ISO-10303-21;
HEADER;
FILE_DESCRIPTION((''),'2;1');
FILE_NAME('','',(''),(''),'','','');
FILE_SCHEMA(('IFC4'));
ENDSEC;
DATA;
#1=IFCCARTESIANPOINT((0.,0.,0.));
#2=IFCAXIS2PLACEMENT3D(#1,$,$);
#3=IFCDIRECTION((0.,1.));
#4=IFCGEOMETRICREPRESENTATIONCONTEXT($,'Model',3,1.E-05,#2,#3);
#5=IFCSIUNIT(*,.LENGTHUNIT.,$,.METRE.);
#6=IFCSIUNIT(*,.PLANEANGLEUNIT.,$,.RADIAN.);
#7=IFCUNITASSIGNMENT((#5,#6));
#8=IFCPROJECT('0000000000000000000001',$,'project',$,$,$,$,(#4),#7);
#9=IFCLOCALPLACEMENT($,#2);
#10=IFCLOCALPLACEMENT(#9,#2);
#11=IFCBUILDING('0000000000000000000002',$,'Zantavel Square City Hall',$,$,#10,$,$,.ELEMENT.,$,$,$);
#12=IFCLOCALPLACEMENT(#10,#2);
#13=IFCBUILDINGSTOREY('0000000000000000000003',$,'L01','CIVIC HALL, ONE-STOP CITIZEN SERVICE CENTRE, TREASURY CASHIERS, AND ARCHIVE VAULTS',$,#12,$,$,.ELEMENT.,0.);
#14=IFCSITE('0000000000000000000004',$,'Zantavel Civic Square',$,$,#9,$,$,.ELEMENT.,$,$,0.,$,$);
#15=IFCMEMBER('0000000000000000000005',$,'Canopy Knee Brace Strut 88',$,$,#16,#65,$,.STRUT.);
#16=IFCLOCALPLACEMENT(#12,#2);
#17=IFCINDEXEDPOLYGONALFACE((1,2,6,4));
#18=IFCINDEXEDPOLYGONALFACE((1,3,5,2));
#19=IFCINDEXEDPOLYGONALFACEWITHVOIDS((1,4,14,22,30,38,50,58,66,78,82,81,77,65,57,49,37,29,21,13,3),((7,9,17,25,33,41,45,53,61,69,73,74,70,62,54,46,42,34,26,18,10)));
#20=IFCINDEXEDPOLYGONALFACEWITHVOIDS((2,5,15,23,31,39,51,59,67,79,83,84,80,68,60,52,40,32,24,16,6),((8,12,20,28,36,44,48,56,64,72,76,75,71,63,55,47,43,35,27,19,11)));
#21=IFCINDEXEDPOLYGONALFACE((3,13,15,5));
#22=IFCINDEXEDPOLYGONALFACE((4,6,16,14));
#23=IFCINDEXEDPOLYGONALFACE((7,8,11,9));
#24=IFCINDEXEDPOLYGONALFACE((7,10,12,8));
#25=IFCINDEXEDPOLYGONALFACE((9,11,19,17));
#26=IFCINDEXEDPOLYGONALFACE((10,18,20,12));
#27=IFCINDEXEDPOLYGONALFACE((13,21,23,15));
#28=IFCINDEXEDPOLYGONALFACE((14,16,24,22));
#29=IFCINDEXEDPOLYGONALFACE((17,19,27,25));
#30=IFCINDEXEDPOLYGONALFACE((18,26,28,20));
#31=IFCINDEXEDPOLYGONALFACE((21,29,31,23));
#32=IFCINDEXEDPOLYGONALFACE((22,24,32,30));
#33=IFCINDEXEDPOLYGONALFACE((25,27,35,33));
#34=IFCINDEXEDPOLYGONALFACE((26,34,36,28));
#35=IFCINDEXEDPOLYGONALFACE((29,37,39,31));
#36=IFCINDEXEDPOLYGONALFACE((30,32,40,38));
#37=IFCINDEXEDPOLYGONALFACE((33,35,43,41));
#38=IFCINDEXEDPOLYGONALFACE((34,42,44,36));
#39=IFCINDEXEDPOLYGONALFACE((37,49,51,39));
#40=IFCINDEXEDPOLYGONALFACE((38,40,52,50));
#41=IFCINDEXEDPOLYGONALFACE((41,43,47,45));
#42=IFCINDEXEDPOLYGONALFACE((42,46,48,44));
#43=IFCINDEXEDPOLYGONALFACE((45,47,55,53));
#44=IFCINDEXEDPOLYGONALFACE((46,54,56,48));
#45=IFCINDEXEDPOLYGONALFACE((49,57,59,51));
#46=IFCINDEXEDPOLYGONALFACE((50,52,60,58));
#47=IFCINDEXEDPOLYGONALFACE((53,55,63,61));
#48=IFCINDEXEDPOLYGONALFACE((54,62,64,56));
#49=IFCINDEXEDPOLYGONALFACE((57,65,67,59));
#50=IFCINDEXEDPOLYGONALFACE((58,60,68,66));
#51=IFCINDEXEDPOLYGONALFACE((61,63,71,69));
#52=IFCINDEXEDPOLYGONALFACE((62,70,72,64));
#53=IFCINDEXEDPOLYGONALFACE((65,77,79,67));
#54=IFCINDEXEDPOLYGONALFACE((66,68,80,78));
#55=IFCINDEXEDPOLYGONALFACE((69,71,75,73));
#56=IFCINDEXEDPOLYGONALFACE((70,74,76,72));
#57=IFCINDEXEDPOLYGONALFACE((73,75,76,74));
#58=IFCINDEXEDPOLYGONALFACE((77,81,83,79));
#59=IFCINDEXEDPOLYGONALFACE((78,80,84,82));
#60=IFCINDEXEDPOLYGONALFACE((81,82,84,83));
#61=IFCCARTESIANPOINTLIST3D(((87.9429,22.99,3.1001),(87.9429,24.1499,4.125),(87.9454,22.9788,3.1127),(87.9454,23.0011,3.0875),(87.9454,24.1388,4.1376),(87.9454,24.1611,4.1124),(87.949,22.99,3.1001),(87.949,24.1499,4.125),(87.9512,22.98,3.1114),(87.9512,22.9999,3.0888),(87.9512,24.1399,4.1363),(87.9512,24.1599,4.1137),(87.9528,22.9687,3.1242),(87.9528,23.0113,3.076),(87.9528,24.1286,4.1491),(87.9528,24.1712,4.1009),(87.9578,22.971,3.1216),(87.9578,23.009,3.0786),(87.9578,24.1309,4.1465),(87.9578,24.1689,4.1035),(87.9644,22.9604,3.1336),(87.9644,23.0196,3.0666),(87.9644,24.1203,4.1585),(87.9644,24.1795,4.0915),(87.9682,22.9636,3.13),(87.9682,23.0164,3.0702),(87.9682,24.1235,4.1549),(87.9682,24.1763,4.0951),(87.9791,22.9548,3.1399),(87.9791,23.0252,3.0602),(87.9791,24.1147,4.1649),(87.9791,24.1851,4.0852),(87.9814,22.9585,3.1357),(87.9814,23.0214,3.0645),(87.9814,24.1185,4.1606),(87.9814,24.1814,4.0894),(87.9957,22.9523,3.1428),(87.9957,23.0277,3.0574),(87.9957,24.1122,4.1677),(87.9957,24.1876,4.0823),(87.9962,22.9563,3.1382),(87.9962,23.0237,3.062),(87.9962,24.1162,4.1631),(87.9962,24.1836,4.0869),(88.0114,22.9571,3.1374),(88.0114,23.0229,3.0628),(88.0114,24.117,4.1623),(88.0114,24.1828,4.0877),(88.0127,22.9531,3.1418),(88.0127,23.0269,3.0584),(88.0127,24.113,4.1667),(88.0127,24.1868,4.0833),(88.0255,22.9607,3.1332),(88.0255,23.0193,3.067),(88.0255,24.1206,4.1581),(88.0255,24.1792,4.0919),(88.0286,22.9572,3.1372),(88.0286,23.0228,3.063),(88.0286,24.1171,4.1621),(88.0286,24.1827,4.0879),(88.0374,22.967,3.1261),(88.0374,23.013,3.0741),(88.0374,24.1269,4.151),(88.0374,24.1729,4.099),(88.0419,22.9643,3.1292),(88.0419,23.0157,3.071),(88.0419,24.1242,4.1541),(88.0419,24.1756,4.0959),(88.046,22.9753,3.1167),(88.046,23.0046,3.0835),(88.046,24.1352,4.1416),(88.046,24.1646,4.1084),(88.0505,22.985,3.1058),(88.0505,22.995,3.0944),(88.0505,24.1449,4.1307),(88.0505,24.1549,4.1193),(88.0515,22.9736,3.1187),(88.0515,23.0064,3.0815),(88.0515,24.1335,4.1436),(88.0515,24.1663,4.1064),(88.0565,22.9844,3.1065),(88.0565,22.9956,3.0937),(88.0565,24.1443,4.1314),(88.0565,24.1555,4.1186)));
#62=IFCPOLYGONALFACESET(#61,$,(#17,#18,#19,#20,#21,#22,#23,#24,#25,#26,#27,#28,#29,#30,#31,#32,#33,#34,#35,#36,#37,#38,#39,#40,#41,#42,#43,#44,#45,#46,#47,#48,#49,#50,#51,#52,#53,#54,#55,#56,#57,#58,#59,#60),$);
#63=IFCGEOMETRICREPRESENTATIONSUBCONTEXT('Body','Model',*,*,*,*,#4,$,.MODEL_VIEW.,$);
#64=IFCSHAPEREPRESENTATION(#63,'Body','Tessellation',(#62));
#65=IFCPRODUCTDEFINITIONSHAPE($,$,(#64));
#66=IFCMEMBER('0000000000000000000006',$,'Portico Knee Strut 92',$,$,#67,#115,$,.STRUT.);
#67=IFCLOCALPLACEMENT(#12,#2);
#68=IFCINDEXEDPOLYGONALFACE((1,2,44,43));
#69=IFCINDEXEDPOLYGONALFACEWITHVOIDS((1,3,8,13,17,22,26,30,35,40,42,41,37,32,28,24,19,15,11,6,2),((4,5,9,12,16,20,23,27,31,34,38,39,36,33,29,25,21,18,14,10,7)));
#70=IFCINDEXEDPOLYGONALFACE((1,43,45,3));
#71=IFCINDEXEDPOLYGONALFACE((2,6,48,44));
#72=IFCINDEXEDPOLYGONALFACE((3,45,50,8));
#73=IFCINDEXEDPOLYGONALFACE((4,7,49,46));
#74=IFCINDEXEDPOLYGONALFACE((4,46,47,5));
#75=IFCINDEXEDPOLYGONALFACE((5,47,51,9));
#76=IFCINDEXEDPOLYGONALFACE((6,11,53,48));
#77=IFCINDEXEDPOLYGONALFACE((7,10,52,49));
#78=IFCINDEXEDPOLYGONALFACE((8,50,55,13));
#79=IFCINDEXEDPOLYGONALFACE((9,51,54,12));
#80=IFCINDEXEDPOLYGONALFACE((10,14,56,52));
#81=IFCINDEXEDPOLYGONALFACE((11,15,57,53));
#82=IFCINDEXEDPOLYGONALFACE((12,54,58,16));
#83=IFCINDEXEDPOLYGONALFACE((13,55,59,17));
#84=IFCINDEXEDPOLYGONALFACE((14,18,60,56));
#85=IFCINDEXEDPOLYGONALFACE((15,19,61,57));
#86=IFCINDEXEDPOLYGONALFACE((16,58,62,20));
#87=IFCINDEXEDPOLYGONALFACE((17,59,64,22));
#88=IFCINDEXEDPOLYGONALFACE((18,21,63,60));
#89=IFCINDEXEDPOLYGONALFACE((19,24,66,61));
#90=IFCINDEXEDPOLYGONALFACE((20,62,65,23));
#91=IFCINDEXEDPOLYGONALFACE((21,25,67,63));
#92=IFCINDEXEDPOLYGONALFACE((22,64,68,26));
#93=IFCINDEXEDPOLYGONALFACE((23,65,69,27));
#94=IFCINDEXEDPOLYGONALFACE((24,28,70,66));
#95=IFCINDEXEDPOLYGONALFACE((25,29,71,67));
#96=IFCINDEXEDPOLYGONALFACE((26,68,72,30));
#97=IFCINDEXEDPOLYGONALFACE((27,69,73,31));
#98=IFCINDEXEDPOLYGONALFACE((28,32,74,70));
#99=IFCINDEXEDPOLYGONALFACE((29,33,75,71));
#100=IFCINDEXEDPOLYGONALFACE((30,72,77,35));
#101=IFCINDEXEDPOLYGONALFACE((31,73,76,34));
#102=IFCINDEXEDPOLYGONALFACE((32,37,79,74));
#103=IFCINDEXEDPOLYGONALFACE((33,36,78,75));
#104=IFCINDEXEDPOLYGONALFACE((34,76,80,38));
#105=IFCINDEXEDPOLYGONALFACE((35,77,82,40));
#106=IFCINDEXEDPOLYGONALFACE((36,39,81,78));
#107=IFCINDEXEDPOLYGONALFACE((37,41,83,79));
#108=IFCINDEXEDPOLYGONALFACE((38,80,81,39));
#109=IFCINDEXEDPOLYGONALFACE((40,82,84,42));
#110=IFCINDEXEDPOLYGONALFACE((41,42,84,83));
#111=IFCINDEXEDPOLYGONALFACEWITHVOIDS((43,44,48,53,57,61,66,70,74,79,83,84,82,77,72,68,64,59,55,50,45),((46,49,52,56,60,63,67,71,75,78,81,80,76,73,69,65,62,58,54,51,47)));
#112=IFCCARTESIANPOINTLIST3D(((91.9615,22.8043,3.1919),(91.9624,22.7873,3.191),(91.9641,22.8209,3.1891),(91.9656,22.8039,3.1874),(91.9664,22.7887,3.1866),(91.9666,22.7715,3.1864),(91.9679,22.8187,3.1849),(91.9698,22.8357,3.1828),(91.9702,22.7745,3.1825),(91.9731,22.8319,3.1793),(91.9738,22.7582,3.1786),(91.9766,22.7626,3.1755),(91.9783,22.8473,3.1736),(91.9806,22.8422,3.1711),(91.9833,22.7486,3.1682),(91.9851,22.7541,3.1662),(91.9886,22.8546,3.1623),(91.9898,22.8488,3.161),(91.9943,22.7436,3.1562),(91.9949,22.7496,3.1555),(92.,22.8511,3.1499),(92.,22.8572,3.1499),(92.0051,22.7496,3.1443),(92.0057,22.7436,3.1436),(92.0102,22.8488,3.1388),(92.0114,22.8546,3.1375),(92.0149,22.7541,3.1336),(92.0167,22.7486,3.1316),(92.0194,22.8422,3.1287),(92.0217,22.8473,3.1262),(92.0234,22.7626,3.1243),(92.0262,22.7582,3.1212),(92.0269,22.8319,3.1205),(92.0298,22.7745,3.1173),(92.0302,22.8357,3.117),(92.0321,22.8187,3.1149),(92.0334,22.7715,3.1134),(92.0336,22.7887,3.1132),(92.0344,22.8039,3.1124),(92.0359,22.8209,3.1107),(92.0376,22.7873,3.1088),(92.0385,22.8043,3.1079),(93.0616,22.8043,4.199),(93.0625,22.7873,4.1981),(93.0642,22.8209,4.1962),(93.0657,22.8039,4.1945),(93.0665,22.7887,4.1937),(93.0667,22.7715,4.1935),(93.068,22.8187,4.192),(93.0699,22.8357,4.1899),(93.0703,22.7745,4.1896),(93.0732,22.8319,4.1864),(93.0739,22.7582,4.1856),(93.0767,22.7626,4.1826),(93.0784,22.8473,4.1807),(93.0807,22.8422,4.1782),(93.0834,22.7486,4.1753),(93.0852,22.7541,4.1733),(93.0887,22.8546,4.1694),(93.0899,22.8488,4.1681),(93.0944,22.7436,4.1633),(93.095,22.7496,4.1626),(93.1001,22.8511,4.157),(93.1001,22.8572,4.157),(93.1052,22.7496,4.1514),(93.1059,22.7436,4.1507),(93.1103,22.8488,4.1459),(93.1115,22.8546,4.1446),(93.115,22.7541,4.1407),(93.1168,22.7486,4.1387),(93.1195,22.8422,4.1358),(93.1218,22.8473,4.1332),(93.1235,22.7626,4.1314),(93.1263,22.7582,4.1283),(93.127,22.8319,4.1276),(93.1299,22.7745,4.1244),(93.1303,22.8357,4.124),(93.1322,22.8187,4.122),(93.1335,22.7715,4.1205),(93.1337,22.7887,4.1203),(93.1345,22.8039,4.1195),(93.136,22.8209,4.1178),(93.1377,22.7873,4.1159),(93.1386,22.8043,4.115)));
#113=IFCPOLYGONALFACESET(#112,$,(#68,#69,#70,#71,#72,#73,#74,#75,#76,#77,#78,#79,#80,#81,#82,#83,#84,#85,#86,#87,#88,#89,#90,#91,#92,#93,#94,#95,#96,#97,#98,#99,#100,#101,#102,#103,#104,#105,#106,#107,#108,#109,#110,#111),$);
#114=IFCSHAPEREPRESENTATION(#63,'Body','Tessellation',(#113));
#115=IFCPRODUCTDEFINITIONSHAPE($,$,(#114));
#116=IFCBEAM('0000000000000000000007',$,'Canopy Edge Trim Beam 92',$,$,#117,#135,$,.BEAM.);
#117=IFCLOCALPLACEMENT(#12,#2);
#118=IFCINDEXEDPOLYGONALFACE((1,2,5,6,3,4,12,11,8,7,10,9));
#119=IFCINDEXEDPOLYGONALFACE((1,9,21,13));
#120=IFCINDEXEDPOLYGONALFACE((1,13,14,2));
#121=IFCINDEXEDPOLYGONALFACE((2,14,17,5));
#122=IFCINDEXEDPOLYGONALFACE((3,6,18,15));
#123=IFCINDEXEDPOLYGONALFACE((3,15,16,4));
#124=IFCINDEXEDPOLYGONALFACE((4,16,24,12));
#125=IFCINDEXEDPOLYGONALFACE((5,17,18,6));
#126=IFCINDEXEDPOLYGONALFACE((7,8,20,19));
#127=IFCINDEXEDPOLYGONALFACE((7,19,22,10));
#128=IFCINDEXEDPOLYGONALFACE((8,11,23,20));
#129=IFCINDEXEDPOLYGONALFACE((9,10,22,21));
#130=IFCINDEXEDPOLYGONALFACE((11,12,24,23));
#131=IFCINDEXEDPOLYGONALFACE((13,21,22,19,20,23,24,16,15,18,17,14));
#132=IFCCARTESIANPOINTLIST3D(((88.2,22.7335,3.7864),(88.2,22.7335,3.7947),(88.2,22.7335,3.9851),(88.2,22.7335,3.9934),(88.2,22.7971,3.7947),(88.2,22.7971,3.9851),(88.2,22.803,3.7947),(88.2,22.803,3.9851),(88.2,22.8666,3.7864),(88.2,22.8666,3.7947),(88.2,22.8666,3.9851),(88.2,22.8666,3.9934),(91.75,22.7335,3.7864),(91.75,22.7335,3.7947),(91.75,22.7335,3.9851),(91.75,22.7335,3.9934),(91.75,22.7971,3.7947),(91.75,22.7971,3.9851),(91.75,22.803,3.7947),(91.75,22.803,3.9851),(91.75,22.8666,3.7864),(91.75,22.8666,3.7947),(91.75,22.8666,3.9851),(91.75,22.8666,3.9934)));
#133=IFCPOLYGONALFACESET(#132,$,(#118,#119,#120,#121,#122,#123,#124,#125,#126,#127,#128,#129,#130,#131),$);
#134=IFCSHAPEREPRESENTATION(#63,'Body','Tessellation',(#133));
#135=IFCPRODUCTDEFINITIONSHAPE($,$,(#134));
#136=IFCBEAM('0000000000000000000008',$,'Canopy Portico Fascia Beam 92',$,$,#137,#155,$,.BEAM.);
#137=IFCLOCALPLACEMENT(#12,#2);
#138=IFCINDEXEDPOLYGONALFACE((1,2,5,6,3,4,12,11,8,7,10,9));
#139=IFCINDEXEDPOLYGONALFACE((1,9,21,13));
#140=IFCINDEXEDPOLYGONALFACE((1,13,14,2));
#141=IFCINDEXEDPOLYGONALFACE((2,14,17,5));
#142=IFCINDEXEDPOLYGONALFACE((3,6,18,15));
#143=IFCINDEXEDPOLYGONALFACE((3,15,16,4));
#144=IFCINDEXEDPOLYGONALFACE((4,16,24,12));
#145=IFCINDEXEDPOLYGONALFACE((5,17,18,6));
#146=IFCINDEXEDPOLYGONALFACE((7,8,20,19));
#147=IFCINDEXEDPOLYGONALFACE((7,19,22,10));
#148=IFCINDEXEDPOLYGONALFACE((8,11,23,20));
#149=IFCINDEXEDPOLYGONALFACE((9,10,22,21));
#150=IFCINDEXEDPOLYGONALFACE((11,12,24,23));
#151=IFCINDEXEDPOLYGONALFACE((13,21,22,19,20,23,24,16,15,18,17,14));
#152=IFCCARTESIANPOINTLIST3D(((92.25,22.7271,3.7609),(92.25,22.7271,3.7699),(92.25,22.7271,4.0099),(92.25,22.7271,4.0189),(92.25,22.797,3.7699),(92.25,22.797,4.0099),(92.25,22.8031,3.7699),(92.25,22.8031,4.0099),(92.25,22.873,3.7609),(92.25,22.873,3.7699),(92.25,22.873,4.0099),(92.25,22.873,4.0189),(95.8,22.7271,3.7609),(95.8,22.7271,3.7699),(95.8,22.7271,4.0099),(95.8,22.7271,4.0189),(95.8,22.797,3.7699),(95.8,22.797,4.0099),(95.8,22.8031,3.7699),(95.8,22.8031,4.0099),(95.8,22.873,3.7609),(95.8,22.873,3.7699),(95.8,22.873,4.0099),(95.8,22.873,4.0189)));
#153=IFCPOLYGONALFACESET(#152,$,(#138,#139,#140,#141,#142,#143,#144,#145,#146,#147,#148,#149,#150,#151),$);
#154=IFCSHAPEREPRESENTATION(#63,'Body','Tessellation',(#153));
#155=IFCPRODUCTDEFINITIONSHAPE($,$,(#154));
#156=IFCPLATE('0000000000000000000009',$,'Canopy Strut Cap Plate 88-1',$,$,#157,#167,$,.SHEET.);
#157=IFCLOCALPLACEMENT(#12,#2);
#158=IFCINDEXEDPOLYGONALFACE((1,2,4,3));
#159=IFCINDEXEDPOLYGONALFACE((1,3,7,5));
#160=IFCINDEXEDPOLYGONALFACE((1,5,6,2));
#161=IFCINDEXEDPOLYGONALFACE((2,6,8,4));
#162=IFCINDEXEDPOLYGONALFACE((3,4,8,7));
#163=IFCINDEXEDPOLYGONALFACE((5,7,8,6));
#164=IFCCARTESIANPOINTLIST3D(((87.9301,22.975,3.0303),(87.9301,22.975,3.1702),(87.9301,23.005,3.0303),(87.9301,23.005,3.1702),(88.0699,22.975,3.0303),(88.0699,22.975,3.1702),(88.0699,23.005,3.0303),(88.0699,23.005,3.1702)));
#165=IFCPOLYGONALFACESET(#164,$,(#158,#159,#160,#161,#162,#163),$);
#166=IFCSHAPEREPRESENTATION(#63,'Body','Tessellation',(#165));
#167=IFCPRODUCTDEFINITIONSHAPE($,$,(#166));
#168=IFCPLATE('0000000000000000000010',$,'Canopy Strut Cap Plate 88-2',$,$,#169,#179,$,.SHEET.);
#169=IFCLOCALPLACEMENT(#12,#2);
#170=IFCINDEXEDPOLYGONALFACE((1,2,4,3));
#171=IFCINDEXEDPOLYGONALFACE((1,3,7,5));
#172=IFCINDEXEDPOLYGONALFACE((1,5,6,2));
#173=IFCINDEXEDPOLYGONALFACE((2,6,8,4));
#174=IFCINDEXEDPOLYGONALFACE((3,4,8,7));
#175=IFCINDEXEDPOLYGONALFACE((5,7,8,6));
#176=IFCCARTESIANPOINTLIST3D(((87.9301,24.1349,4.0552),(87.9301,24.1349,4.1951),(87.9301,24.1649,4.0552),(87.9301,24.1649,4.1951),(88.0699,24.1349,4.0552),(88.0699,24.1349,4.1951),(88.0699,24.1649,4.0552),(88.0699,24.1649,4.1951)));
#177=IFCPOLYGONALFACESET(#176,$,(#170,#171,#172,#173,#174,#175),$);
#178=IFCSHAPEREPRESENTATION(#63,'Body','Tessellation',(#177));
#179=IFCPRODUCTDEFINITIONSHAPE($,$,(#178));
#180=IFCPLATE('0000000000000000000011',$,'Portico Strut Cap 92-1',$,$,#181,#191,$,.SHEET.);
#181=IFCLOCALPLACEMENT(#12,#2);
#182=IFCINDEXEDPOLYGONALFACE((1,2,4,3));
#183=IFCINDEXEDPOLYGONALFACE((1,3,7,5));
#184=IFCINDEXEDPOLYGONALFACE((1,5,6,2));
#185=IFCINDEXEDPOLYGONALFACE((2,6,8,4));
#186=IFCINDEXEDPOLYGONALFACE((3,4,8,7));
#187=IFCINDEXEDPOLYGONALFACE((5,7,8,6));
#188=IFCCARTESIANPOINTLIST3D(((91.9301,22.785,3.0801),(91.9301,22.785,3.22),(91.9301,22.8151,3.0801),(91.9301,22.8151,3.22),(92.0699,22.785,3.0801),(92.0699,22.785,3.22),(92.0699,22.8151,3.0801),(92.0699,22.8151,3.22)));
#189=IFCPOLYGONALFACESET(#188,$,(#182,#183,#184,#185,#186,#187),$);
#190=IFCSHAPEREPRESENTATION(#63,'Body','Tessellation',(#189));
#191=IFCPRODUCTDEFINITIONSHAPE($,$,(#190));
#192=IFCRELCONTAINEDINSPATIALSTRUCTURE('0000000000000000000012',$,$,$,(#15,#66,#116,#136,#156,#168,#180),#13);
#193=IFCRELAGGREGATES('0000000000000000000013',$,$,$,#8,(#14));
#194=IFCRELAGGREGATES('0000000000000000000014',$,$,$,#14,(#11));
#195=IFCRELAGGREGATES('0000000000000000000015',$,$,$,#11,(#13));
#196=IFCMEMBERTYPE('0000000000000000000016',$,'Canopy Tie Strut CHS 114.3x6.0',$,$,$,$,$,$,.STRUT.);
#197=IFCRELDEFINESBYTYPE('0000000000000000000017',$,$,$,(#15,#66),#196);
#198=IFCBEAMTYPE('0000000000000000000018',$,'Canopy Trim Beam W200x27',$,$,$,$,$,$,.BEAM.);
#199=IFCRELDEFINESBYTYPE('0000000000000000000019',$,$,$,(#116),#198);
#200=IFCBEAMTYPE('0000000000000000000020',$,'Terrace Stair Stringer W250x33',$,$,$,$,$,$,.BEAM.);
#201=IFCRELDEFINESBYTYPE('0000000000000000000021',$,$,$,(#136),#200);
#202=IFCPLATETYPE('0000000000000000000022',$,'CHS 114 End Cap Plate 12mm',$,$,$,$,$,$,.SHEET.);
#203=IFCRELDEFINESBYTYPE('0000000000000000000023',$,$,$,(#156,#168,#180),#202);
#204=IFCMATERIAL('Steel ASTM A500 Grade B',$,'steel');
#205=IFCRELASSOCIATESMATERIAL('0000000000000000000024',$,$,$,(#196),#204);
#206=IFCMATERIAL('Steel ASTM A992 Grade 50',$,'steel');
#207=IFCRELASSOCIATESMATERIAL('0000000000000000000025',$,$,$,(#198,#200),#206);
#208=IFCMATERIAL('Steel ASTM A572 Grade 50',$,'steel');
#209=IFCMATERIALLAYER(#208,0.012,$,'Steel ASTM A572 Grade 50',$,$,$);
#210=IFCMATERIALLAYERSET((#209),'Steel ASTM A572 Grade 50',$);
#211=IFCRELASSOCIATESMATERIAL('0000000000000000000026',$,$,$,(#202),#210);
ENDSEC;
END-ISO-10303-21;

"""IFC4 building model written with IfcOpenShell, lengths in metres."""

from ifc_helpers import new_model, si_unit, direction, frame, origin, origin_2d, place, context, subcontext, project, spatial, rectangle, hollow_circle, i_section, extrude, material, layer, layer_set, material_profile, profile_set, type_object, element, save


model = new_model("IFC4")

# Units and contexts
model_context = context("Model", 3, precision=1e-05, world=origin(), true_north=direction((0.0, 1.0)))
body_context = subcontext(model_context, "Body", "Model", "MODEL_VIEW")
ifc_project = project(units=[si_unit("LENGTHUNIT", "METRE"), si_unit("PLANEANGLEUNIT", "RADIAN")], contexts=[model_context])

# Site, building, storey
site_placement = place(None, origin())
site = spatial("IfcSite", under=ifc_project, at=site_placement, Name="Zantavel Civic Square", CompositionType="ELEMENT", RefElevation=0.0)
building_placement = place(site_placement, origin())
building = spatial("IfcBuilding", under=site, at=building_placement, Name="Zantavel Square City Hall", CompositionType="ELEMENT")
storey_placement = place(building_placement, origin())
storey = spatial("IfcBuildingStorey", under=building, at=storey_placement, Name="L01", Description="CIVIC HALL, ONE-STOP CITIZEN SERVICE CENTRE, TREASURY CASHIERS, AND ARCHIVE VAULTS", CompositionType="ELEMENT", Elevation=0.0)

# Shared definitions
ifc_material_1 = material(Name="Steel ASTM A992 Grade 50", Category="steel")

# Members
ifc_material_2 = material(Name="Steel ASTM A500 Grade B", Category="steel")
ifc_material_profile_1 = material_profile(ifc_material_2, hollow_circle(Radius=0.0571, WallThickness=0.0061, at=origin_2d()), Name="CHS 114.3x6.0")
ifc_profile_set_1 = profile_set([ifc_material_profile_1], Name="Steel ASTM A500 Grade B")
member_type = type_object("IfcMemberType", Name="Canopy Tie Strut CHS 114.3x6.0", PredefinedType="STRUT", material=ifc_profile_set_1)
member_1_placement = place(storey_placement, frame((88.0, 22.99, 3.1001), z_axis=(0.0, 0.749373, 0.662148), x_axis=(-1.0, 0.0, 0.0)))
element("IfcMember", 1, at=member_1_placement, inside=storey, type_object=member_type, Name="Canopy Knee Brace Strut 88", PredefinedType="STRUT", context=body_context, shape_type="SweptSolid", body=[
    extrude(hollow_circle(Radius=0.0571, WallThickness=0.0061, at=origin_2d()), origin(), (0.0, 0.0, 1.0), 1.5479),
])
member_2_placement = place(storey_placement, frame((92.0, 22.8, 3.1499), z_axis=(0.737602, 0.0, 0.675235), x_axis=(0.0, 1.0, 0.0)))
element("IfcMember", 2, at=member_2_placement, inside=storey, type_object=member_type, Name="Portico Knee Strut 92", PredefinedType="STRUT", context=body_context, shape_type="SweptSolid", body=[
    extrude(hollow_circle(Radius=0.0571, WallThickness=0.0061, at=origin_2d()), origin(), (0.0, 0.0, 1.0), 1.4915),
])

# Beams
ifc_material_profile_2 = material_profile(ifc_material_1, i_section(OverallWidth=0.1331, OverallDepth=0.207, WebThickness=0.0059, FlangeThickness=0.0083, at=origin_2d()), Name="W200x27")
ifc_profile_set_2 = profile_set([ifc_material_profile_2], Name="Steel ASTM A992 Grade 50")
beam_type_1 = type_object("IfcBeamType", Name="Canopy Trim Beam W200x27", PredefinedType="BEAM", material=ifc_profile_set_2)
beam_1_placement = place(storey_placement, frame((88.2, 22.8, 3.8899), z_axis=(1.0, 0.0, 0.0), x_axis=(0.0, 1.0, 0.0)))
element("IfcBeam", 3, at=beam_1_placement, inside=storey, type_object=beam_type_1, Name="Canopy Edge Trim Beam 92", PredefinedType="BEAM", context=body_context, shape_type="SweptSolid", body=[
    extrude(i_section(OverallWidth=0.1331, OverallDepth=0.207, WebThickness=0.0059, FlangeThickness=0.0083, at=origin_2d()), origin(), (0.0, 0.0, 1.0), 3.55),
])
ifc_material_profile_3 = material_profile(ifc_material_1, i_section(OverallWidth=0.146, OverallDepth=0.2581, WebThickness=0.0061, FlangeThickness=0.009, at=origin_2d()), Name="W250x33")
ifc_profile_set_3 = profile_set([ifc_material_profile_3], Name="Steel ASTM A992 Grade 50")
beam_type_2 = type_object("IfcBeamType", Name="Terrace Stair Stringer W250x33", PredefinedType="BEAM", material=ifc_profile_set_3)
beam_2_placement = place(storey_placement, frame((92.25, 22.8, 3.8899), z_axis=(1.0, 0.0, 0.0), x_axis=(0.0, 1.0, 0.0)))
element("IfcBeam", 4, at=beam_2_placement, inside=storey, type_object=beam_type_2, Name="Canopy Portico Fascia Beam 92", PredefinedType="BEAM", context=body_context, shape_type="SweptSolid", body=[
    extrude(i_section(OverallWidth=0.146, OverallDepth=0.2581, WebThickness=0.0061, FlangeThickness=0.009, at=origin_2d()), origin(), (0.0, 0.0, 1.0), 3.55),
])

# Plates
ifc_material_3 = material(Name="Steel ASTM A572 Grade 50", Category="steel")
ifc_layer_1 = layer(ifc_material_3, 0.012, Name="Steel ASTM A572 Grade 50")
ifc_layer_set_1 = layer_set([ifc_layer_1], Name="Steel ASTM A572 Grade 50")
plate_type = type_object("IfcPlateType", Name="CHS 114 End Cap Plate 12mm", PredefinedType="SHEET", material=ifc_layer_set_1)
for number, where, z_axis, x_axis, name in (
    (5, (88.0, 22.99, 3.0303), (0.0, 0.0, 1.0), (1.0, 0.0, 0.0), "Canopy Strut Cap Plate 88-1"),
    (6, (88.0, 24.1499, 4.0552), (0.0, 0.0, 1.0), (1.0, 0.0, 0.0), "Canopy Strut Cap Plate 88-2"),
    (7, (92.0, 22.8, 3.0801), (0.0, 0.0, 1.0), (1.0, 0.0, 0.0), "Portico Strut Cap 92-1"),
):
    element("IfcPlate", number, at=place(storey_placement, frame(where, z_axis=z_axis, x_axis=x_axis)), inside=storey, type_object=plate_type, Name=name, PredefinedType="SHEET", context=body_context, shape_type="SweptSolid", body=[
        extrude(rectangle(XDim=0.1399, YDim=0.03, at=origin_2d()), origin(), (0.0, 0.0, 1.0), 0.1399),
    ])

save(model, "model.ifc")
